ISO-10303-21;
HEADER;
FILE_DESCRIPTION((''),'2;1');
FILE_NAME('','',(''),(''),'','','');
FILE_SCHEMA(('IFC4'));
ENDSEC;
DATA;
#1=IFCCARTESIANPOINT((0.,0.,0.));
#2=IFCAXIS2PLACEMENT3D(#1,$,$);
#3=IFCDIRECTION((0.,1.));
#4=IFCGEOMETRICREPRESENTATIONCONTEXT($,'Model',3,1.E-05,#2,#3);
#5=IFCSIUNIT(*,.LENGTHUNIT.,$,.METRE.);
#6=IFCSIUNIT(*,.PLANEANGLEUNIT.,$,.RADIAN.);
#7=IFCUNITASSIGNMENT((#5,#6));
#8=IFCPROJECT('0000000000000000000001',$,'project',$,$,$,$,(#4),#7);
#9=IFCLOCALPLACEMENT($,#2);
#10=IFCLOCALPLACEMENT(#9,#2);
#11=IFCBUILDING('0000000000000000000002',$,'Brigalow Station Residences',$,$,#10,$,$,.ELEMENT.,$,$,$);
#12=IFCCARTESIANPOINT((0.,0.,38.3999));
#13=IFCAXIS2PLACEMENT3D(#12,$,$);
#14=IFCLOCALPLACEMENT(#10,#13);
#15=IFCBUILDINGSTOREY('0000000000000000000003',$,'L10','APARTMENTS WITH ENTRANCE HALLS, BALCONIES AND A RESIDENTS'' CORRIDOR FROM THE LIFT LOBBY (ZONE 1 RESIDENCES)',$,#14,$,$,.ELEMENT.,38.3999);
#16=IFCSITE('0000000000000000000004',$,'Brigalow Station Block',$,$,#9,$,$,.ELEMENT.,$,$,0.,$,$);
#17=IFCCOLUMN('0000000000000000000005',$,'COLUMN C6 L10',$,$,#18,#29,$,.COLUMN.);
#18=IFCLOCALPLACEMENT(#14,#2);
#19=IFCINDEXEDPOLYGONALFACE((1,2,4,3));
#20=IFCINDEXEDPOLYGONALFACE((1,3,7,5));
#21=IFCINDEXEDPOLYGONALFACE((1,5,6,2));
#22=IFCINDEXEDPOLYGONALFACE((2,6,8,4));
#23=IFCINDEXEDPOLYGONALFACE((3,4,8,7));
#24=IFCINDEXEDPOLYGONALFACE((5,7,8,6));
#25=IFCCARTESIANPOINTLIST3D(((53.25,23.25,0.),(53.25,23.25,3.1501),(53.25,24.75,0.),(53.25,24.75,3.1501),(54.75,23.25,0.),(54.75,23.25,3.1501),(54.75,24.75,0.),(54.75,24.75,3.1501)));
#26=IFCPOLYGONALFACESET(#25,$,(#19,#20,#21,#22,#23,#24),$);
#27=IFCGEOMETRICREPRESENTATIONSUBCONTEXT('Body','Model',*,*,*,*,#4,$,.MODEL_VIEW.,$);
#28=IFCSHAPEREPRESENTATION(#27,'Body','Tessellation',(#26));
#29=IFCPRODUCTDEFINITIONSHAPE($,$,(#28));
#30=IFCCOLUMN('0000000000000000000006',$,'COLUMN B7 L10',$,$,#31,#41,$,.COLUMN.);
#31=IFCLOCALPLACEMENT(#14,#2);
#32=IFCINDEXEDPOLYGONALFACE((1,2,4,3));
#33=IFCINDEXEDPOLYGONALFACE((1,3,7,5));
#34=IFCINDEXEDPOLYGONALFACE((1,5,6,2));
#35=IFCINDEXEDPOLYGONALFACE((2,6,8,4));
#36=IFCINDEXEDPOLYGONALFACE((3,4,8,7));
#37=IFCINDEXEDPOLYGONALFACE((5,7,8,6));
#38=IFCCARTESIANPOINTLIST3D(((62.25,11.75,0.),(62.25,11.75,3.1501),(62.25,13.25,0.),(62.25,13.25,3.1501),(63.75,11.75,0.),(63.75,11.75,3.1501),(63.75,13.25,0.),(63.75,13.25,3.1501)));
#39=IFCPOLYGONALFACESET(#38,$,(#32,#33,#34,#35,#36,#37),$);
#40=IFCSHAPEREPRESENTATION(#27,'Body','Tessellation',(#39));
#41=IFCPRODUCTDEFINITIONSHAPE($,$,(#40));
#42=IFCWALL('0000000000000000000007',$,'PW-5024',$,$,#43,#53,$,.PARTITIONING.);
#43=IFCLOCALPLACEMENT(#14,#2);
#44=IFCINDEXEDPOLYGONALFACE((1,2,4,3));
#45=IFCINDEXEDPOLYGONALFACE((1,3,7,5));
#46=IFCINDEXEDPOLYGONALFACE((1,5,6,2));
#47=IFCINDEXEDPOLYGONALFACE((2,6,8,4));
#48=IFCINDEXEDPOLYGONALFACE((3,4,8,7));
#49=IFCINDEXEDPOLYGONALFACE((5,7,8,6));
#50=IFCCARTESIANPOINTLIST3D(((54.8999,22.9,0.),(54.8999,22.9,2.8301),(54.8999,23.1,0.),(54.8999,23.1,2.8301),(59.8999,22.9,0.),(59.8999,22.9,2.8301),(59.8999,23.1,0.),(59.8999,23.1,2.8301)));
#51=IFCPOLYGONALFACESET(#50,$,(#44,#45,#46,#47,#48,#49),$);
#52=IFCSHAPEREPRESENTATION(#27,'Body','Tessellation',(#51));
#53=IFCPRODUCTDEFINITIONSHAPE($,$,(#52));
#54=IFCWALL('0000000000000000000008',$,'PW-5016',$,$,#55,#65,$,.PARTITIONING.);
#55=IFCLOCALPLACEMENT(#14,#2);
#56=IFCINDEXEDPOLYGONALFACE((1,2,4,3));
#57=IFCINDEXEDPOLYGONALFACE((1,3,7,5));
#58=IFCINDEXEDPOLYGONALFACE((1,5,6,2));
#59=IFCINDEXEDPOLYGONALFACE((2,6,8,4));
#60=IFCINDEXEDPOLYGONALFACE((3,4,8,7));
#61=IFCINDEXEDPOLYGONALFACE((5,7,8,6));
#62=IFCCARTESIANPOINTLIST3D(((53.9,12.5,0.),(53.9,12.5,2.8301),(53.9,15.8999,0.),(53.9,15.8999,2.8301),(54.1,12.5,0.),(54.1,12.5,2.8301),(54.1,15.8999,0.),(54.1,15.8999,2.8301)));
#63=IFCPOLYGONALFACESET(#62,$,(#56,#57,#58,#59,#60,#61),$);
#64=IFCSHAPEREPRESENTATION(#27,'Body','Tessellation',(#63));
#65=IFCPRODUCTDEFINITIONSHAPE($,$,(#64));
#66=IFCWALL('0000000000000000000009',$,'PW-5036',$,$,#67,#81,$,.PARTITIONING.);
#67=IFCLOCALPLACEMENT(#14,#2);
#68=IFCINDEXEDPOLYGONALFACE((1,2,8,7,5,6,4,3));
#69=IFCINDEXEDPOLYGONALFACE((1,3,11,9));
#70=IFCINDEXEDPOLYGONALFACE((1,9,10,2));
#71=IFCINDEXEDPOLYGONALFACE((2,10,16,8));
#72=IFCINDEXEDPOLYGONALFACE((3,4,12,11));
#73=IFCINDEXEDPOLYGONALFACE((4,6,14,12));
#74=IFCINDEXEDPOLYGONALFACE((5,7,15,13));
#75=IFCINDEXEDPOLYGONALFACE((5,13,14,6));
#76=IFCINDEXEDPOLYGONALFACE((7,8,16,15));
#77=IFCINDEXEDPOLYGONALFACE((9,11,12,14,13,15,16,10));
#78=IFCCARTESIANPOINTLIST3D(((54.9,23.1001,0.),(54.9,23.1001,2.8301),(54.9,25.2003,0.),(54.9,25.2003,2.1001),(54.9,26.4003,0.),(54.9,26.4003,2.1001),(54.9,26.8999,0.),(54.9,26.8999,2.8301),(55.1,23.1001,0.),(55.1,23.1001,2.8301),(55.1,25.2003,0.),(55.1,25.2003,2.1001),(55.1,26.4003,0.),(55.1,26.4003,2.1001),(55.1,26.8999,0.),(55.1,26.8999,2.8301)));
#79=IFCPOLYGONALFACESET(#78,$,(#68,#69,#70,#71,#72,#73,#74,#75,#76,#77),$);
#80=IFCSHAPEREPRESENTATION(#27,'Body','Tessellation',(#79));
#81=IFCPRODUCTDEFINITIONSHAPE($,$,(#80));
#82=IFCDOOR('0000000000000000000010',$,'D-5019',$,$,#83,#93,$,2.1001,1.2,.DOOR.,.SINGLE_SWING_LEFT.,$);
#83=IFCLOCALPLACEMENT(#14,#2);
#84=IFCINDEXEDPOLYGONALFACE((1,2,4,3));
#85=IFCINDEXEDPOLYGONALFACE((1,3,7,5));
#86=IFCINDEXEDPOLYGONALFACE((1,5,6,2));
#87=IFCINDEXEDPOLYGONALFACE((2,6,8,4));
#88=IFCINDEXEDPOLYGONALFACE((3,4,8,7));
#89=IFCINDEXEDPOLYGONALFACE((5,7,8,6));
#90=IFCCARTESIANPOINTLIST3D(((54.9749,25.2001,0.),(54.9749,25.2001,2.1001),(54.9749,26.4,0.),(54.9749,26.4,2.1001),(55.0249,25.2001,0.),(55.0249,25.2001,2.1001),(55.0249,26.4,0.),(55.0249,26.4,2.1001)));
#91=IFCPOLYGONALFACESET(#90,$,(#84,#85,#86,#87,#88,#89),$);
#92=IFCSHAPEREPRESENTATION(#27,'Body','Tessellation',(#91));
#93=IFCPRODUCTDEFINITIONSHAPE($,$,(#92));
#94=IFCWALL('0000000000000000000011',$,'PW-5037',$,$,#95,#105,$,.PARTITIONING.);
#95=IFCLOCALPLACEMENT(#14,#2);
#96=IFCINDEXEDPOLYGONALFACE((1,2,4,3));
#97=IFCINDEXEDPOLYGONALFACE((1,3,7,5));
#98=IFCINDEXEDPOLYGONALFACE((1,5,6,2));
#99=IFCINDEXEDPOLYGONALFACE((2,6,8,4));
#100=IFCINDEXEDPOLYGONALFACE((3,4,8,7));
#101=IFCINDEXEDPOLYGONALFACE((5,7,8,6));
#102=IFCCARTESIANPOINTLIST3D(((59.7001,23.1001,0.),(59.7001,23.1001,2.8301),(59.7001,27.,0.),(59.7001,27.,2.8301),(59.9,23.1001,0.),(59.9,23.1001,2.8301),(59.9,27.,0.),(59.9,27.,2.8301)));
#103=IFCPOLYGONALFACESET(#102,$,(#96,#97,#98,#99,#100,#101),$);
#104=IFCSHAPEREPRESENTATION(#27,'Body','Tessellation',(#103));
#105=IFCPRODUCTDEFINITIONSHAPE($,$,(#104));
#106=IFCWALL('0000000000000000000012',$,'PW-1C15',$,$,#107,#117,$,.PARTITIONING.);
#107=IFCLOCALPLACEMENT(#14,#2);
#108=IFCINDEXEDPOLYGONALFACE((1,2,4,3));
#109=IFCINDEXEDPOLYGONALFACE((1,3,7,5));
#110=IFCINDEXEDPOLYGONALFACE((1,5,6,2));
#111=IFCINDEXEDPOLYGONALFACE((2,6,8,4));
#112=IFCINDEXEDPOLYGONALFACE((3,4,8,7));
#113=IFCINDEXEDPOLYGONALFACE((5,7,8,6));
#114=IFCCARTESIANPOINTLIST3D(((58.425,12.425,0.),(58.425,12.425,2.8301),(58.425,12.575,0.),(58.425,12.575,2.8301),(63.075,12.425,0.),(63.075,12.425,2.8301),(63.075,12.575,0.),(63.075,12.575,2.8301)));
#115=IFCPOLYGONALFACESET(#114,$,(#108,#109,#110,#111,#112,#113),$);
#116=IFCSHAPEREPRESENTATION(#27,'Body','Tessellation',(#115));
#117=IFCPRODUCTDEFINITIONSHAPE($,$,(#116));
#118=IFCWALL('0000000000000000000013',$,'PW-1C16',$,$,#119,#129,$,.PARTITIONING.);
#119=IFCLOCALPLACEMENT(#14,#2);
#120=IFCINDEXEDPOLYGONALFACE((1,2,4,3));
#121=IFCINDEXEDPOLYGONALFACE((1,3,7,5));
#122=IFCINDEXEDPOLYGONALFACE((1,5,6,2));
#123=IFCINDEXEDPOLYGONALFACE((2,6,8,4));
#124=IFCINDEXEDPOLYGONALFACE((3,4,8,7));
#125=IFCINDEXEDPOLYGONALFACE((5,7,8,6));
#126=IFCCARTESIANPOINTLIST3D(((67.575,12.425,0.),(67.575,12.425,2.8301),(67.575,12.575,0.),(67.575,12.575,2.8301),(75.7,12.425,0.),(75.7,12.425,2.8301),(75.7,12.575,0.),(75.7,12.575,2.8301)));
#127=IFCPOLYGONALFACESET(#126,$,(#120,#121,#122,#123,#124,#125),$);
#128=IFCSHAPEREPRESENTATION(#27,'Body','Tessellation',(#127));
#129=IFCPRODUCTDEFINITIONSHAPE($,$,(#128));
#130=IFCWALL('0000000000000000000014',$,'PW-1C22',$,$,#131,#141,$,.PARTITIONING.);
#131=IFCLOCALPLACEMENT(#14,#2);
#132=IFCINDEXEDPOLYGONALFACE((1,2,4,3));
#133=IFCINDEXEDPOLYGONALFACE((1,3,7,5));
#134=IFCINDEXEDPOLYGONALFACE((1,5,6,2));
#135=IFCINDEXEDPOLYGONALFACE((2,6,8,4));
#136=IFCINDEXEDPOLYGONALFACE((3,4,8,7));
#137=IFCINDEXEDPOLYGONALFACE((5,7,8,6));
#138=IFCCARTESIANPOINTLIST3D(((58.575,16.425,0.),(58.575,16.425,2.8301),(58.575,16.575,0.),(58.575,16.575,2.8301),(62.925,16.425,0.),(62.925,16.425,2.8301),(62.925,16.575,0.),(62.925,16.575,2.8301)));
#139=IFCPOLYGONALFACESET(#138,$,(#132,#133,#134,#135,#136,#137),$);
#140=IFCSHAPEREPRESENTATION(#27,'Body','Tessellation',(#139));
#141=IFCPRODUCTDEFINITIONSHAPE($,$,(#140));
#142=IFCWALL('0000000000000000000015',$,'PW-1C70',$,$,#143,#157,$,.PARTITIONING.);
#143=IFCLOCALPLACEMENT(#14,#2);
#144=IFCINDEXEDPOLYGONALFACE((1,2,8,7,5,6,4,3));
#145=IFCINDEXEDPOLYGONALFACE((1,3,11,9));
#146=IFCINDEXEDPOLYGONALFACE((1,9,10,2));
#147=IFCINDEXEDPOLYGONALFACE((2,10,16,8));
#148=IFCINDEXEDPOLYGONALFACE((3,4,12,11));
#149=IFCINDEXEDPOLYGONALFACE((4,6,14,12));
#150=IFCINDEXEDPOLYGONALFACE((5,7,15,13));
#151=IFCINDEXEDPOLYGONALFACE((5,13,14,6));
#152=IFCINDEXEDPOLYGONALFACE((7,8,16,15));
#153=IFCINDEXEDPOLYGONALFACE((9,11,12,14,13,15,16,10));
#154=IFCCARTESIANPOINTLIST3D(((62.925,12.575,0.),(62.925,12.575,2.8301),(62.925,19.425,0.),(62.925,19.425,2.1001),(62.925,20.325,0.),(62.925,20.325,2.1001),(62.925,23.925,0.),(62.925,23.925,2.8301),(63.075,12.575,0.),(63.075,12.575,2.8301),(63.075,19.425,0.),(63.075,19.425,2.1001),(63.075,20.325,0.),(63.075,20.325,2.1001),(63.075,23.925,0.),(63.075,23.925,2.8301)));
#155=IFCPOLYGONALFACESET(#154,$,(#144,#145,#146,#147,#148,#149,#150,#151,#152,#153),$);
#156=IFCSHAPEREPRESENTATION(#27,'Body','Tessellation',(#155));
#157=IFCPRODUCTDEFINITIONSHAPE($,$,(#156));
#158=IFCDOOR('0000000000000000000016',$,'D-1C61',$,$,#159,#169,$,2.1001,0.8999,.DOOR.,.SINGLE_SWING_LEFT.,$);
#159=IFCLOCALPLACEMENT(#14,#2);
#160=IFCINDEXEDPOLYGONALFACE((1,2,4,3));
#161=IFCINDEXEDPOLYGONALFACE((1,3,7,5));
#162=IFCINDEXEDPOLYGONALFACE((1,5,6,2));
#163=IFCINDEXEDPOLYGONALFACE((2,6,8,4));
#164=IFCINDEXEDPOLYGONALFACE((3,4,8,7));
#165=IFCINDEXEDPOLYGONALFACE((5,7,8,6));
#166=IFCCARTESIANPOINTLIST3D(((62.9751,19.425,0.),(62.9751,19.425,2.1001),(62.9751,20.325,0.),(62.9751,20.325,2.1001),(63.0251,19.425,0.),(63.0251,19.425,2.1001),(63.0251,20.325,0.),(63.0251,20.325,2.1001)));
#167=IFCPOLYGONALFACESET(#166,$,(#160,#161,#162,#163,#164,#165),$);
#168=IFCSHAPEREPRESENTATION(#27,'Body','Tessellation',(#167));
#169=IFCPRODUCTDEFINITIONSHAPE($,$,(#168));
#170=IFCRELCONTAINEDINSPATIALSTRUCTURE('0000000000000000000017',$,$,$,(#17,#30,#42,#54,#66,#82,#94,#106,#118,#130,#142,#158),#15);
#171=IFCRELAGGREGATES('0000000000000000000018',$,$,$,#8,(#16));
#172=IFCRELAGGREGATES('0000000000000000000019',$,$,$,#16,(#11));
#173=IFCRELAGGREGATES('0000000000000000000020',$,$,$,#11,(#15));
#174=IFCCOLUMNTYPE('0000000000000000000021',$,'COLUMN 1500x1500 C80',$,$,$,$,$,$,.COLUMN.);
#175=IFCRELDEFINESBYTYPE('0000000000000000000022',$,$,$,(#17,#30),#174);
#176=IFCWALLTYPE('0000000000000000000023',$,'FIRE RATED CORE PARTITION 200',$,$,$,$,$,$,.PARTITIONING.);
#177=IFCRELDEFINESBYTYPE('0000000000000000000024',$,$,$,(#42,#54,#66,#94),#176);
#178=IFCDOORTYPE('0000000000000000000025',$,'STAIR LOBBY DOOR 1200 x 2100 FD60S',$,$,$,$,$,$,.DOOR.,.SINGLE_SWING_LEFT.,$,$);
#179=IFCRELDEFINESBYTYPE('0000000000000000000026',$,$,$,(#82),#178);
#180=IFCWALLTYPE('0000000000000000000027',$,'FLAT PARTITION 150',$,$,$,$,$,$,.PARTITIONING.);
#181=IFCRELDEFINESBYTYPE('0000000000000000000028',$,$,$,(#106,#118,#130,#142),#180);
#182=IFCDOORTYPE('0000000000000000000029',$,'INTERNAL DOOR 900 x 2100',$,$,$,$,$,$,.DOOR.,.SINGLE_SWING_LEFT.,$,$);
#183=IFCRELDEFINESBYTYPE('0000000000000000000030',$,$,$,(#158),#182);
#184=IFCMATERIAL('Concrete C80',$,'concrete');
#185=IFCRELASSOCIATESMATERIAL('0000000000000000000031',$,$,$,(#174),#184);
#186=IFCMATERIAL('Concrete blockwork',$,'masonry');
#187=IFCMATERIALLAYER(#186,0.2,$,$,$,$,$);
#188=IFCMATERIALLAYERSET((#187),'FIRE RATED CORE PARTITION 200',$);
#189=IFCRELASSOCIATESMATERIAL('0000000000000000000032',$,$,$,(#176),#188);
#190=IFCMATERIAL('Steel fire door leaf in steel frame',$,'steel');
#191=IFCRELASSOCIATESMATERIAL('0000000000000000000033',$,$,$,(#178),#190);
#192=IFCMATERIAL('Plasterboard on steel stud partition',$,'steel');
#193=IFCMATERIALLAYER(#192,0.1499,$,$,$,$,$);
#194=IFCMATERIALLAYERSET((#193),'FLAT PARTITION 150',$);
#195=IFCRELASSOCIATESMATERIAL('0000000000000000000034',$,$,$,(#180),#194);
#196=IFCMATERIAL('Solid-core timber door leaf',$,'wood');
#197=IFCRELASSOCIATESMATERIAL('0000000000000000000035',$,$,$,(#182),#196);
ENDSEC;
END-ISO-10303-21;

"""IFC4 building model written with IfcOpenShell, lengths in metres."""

from ifc_helpers import new_model, si_unit, direction, frame, frame_2d, origin, origin_2d, place, context, subcontext, project, spatial, rectangle, extrude, material, layer, layer_set, material_profile, profile_set, type_object, element, fill, save


model = new_model("IFC4")

# Units and contexts
model_context = context("Model", 3, precision=1e-05, world=origin(), true_north=direction((0.0, 1.0)))
body_context = subcontext(model_context, "Body", "Model", "MODEL_VIEW")
ifc_project = project(units=[si_unit("LENGTHUNIT", "METRE"), si_unit("PLANEANGLEUNIT", "RADIAN")], contexts=[model_context])

# Site, building, storey
site_placement = place(None, origin())
site = spatial("IfcSite", under=ifc_project, at=site_placement, Name="Brigalow Station Block", CompositionType="ELEMENT", RefElevation=0.0)
building_placement = place(site_placement, origin())
building = spatial("IfcBuilding", under=site, at=building_placement, Name="Brigalow Station Residences", CompositionType="ELEMENT")
storey_placement = place(building_placement, frame((0.0, 0.0, 38.3999)))
storey = spatial("IfcBuildingStorey", under=building, at=storey_placement, Name="L10", Description="APARTMENTS WITH ENTRANCE HALLS, BALCONIES AND A RESIDENTS' CORRIDOR FROM THE LIFT LOBBY (ZONE 1 RESIDENCES)", CompositionType="ELEMENT", Elevation=38.3999)

# Columns
ifc_material_1 = material(Name="Concrete C80", Category="concrete")
ifc_material_profile = material_profile(ifc_material_1, rectangle(XDim=1.5, YDim=1.5, at=origin_2d()), Name="RC1500x1500")
ifc_profile_set = profile_set([ifc_material_profile], Name="Concrete C80")
column_type = type_object("IfcColumnType", Name="COLUMN 1500x1500 C80", PredefinedType="COLUMN", material=ifc_profile_set)
for number, where, z_axis, x_axis, name in (
    (1, (54.0, 24.0, 0.0), (0.0, 0.0, 1.0), (1.0, 0.0, 0.0), "COLUMN C6 L10"),
    (2, (63.0, 12.5, 0.0), (0.0, 0.0, 1.0), (1.0, 0.0, 0.0), "COLUMN B7 L10"),
):
    element("IfcColumn", number, at=place(storey_placement, frame(where, z_axis=z_axis, x_axis=x_axis)), inside=storey, type_object=column_type, Name=name, PredefinedType="COLUMN", context=body_context, shape_type="SweptSolid", body=[
        extrude(rectangle(XDim=1.5, YDim=1.5, at=origin_2d()), origin(), (0.0, 0.0, 1.0), 3.1501),
    ])

# Walls
ifc_material_2 = material(Name="Concrete blockwork", Category="masonry")
ifc_layer_1 = layer(ifc_material_2, 0.2)
ifc_layer_set_1 = layer_set([ifc_layer_1], Name="FIRE RATED CORE PARTITION 200")
wall_type_1 = type_object("IfcWallType", Name="FIRE RATED CORE PARTITION 200", PredefinedType="PARTITIONING", material=ifc_layer_set_1)
wall_1_placement = place(storey_placement, frame((54.8999, 23.0, 0.0), z_axis=(0.0, 0.0, 1.0), x_axis=(1.0, 0.0, 0.0)))
element("IfcWall", 3, at=wall_1_placement, inside=storey, type_object=wall_type_1, Name="PW-5024", PredefinedType="PARTITIONING", context=body_context, shape_type="SweptSolid", body=[
    extrude(rectangle(XDim=5.0, YDim=0.2, at=frame_2d((2.5, 0.0))), origin(), (0.0, 0.0, 1.0), 2.8301),
])
wall_2_placement = place(storey_placement, frame((54.0, 12.5, 0.0), z_axis=(0.0, 0.0, 1.0), x_axis=(0.0, 1.0, 0.0)))
element("IfcWall", 4, at=wall_2_placement, inside=storey, type_object=wall_type_1, Name="PW-5016", PredefinedType="PARTITIONING", context=body_context, shape_type="SweptSolid", body=[
    extrude(rectangle(XDim=3.3999, YDim=0.2, at=frame_2d((1.7, 0.0))), origin(), (0.0, 0.0, 1.0), 2.8301),
])

# Wall, opening, door
wall_3_placement = place(storey_placement, frame((55.0, 23.1001, 0.0), z_axis=(0.0, 0.0, 1.0), x_axis=(0.0, 1.0, 0.0)))
wall_3 = element("IfcWall", 5, at=wall_3_placement, inside=storey, type_object=wall_type_1, Name="PW-5036", PredefinedType="PARTITIONING", context=body_context, shape_type="SweptSolid", body=[
    extrude(rectangle(XDim=3.7998, YDim=0.2, at=frame_2d((1.8999, 0.0))), origin(), (0.0, 0.0, 1.0), 2.8301),
])
opening_1_placement = place(wall_3_placement, frame((2.1001, 0.0, 0.0)))
opening_1 = element("IfcOpeningElement", 6, at=opening_1_placement, cuts=wall_3, PredefinedType="OPENING", context=body_context, shape_type="SweptSolid", body=[
    extrude(rectangle(XDim=1.2, YDim=2.1001, at=frame_2d((0.6001, 1.05))), frame((0.0, 0.1099, 0.0), z_axis=(0.0, -1.0, 0.0), x_axis=(1.0, 0.0, 0.0)), (0.0, 0.0, 1.0), 0.22),
])
ifc_material_3 = material(Name="Steel fire door leaf in steel frame", Category="steel")
door_type_1 = type_object("IfcDoorType", Name="STAIR LOBBY DOOR 1200 x 2100 FD60S", OperationType="SINGLE_SWING_LEFT", PredefinedType="DOOR", material=ifc_material_3)
door_1_placement = place(opening_1_placement, frame((1.2, 0.0, 0.0), z_axis=(0.0, 0.0, 1.0), x_axis=(-1.0, 0.0, 0.0)))
door_1 = element("IfcDoor", 7, at=door_1_placement, inside=storey, type_object=door_type_1, Name="D-5019", OperationType="SINGLE_SWING_LEFT", OverallHeight=2.1001, OverallWidth=1.2, PredefinedType="DOOR", context=body_context, shape_type="SweptSolid", body=[
    extrude(rectangle(XDim=1.2, YDim=2.1001, at=frame_2d((0.6001, 1.05))), frame((0.0, 0.0249, 0.0), z_axis=(0.0, -1.0, 0.0), x_axis=(1.0, 0.0, 0.0)), (0.0, 0.0, 1.0), 0.05),
])
fill(opening_1, door_1)

# Walls
wall_4_placement = place(storey_placement, frame((59.8, 23.1001, 0.0), z_axis=(0.0, 0.0, 1.0), x_axis=(0.0, 1.0, 0.0)))
element("IfcWall", 8, at=wall_4_placement, inside=storey, type_object=wall_type_1, Name="PW-5037", PredefinedType="PARTITIONING", context=body_context, shape_type="SweptSolid", body=[
    extrude(rectangle(XDim=3.8999, YDim=0.2, at=frame_2d((1.95, 0.0))), origin(), (0.0, 0.0, 1.0), 2.8301),
])
ifc_material_4 = material(Name="Plasterboard on steel stud partition", Category="steel")
ifc_layer_2 = layer(ifc_material_4, 0.1499)
ifc_layer_set_2 = layer_set([ifc_layer_2], Name="FLAT PARTITION 150")
wall_type_2 = type_object("IfcWallType", Name="FLAT PARTITION 150", PredefinedType="PARTITIONING", material=ifc_layer_set_2)
wall_5_placement = place(storey_placement, frame((58.425, 12.5, 0.0), z_axis=(0.0, 0.0, 1.0), x_axis=(1.0, 0.0, 0.0)))
element("IfcWall", 9, at=wall_5_placement, inside=storey, type_object=wall_type_2, Name="PW-1C15", PredefinedType="PARTITIONING", context=body_context, shape_type="SweptSolid", body=[
    extrude(rectangle(XDim=4.6499, YDim=0.1499, at=frame_2d((2.325, 0.0))), origin(), (0.0, 0.0, 1.0), 2.8301),
])
wall_6_placement = place(storey_placement, frame((67.575, 12.5, 0.0), z_axis=(0.0, 0.0, 1.0), x_axis=(1.0, 0.0, 0.0)))
element("IfcWall", 10, at=wall_6_placement, inside=storey, type_object=wall_type_2, Name="PW-1C16", PredefinedType="PARTITIONING", context=body_context, shape_type="SweptSolid", body=[
    extrude(rectangle(XDim=8.125, YDim=0.1499, at=frame_2d((4.0625, 0.0))), origin(), (0.0, 0.0, 1.0), 2.8301),
])
wall_7_placement = place(storey_placement, frame((58.575, 16.5, 0.0), z_axis=(0.0, 0.0, 1.0), x_axis=(1.0, 0.0, 0.0)))
element("IfcWall", 11, at=wall_7_placement, inside=storey, type_object=wall_type_2, Name="PW-1C22", PredefinedType="PARTITIONING", context=body_context, shape_type="SweptSolid", body=[
    extrude(rectangle(XDim=4.3501, YDim=0.1499, at=frame_2d((2.175, 0.0))), origin(), (0.0, 0.0, 1.0), 2.8301),
])

# Wall, opening, door
wall_8_placement = place(storey_placement, frame((63.0, 12.575, 0.0), z_axis=(0.0, 0.0, 1.0), x_axis=(0.0, 1.0, 0.0)))
wall_8 = element("IfcWall", 12, at=wall_8_placement, inside=storey, type_object=wall_type_2, Name="PW-1C70", PredefinedType="PARTITIONING", context=body_context, shape_type="SweptSolid", body=[
    extrude(rectangle(XDim=11.3501, YDim=0.1499, at=frame_2d((5.675, 0.0))), origin(), (0.0, 0.0, 1.0), 2.8301),
])
opening_2_placement = place(wall_8_placement, frame((6.8501, 0.0, 0.0)))
opening_2 = element("IfcOpeningElement", 13, at=opening_2_placement, cuts=wall_8, PredefinedType="OPENING", context=body_context, shape_type="SweptSolid", body=[
    extrude(rectangle(XDim=0.8999, YDim=2.1001, at=frame_2d((0.45, 1.05))), frame((0.0, 0.085, 0.0), z_axis=(0.0, -1.0, 0.0), x_axis=(1.0, 0.0, 0.0)), (0.0, 0.0, 1.0), 0.1699),
])
ifc_material_5 = material(Name="Solid-core timber door leaf", Category="wood")
door_type_2 = type_object("IfcDoorType", Name="INTERNAL DOOR 900 x 2100", OperationType="SINGLE_SWING_LEFT", PredefinedType="DOOR", material=ifc_material_5)
door_2_placement = place(opening_2_placement, origin())
door_2 = element("IfcDoor", 14, at=door_2_placement, inside=storey, type_object=door_type_2, Name="D-1C61", OperationType="SINGLE_SWING_LEFT", OverallHeight=2.1001, OverallWidth=0.8999, PredefinedType="DOOR", context=body_context, shape_type="SweptSolid", body=[
    extrude(rectangle(XDim=0.8999, YDim=2.1001, at=frame_2d((0.45, 1.05))), frame((0.0, 0.0249, 0.0), z_axis=(0.0, -1.0, 0.0), x_axis=(1.0, 0.0, 0.0)), (0.0, 0.0, 1.0), 0.05),
])
fill(opening_2, door_2)

save(model, "model.ifc")
